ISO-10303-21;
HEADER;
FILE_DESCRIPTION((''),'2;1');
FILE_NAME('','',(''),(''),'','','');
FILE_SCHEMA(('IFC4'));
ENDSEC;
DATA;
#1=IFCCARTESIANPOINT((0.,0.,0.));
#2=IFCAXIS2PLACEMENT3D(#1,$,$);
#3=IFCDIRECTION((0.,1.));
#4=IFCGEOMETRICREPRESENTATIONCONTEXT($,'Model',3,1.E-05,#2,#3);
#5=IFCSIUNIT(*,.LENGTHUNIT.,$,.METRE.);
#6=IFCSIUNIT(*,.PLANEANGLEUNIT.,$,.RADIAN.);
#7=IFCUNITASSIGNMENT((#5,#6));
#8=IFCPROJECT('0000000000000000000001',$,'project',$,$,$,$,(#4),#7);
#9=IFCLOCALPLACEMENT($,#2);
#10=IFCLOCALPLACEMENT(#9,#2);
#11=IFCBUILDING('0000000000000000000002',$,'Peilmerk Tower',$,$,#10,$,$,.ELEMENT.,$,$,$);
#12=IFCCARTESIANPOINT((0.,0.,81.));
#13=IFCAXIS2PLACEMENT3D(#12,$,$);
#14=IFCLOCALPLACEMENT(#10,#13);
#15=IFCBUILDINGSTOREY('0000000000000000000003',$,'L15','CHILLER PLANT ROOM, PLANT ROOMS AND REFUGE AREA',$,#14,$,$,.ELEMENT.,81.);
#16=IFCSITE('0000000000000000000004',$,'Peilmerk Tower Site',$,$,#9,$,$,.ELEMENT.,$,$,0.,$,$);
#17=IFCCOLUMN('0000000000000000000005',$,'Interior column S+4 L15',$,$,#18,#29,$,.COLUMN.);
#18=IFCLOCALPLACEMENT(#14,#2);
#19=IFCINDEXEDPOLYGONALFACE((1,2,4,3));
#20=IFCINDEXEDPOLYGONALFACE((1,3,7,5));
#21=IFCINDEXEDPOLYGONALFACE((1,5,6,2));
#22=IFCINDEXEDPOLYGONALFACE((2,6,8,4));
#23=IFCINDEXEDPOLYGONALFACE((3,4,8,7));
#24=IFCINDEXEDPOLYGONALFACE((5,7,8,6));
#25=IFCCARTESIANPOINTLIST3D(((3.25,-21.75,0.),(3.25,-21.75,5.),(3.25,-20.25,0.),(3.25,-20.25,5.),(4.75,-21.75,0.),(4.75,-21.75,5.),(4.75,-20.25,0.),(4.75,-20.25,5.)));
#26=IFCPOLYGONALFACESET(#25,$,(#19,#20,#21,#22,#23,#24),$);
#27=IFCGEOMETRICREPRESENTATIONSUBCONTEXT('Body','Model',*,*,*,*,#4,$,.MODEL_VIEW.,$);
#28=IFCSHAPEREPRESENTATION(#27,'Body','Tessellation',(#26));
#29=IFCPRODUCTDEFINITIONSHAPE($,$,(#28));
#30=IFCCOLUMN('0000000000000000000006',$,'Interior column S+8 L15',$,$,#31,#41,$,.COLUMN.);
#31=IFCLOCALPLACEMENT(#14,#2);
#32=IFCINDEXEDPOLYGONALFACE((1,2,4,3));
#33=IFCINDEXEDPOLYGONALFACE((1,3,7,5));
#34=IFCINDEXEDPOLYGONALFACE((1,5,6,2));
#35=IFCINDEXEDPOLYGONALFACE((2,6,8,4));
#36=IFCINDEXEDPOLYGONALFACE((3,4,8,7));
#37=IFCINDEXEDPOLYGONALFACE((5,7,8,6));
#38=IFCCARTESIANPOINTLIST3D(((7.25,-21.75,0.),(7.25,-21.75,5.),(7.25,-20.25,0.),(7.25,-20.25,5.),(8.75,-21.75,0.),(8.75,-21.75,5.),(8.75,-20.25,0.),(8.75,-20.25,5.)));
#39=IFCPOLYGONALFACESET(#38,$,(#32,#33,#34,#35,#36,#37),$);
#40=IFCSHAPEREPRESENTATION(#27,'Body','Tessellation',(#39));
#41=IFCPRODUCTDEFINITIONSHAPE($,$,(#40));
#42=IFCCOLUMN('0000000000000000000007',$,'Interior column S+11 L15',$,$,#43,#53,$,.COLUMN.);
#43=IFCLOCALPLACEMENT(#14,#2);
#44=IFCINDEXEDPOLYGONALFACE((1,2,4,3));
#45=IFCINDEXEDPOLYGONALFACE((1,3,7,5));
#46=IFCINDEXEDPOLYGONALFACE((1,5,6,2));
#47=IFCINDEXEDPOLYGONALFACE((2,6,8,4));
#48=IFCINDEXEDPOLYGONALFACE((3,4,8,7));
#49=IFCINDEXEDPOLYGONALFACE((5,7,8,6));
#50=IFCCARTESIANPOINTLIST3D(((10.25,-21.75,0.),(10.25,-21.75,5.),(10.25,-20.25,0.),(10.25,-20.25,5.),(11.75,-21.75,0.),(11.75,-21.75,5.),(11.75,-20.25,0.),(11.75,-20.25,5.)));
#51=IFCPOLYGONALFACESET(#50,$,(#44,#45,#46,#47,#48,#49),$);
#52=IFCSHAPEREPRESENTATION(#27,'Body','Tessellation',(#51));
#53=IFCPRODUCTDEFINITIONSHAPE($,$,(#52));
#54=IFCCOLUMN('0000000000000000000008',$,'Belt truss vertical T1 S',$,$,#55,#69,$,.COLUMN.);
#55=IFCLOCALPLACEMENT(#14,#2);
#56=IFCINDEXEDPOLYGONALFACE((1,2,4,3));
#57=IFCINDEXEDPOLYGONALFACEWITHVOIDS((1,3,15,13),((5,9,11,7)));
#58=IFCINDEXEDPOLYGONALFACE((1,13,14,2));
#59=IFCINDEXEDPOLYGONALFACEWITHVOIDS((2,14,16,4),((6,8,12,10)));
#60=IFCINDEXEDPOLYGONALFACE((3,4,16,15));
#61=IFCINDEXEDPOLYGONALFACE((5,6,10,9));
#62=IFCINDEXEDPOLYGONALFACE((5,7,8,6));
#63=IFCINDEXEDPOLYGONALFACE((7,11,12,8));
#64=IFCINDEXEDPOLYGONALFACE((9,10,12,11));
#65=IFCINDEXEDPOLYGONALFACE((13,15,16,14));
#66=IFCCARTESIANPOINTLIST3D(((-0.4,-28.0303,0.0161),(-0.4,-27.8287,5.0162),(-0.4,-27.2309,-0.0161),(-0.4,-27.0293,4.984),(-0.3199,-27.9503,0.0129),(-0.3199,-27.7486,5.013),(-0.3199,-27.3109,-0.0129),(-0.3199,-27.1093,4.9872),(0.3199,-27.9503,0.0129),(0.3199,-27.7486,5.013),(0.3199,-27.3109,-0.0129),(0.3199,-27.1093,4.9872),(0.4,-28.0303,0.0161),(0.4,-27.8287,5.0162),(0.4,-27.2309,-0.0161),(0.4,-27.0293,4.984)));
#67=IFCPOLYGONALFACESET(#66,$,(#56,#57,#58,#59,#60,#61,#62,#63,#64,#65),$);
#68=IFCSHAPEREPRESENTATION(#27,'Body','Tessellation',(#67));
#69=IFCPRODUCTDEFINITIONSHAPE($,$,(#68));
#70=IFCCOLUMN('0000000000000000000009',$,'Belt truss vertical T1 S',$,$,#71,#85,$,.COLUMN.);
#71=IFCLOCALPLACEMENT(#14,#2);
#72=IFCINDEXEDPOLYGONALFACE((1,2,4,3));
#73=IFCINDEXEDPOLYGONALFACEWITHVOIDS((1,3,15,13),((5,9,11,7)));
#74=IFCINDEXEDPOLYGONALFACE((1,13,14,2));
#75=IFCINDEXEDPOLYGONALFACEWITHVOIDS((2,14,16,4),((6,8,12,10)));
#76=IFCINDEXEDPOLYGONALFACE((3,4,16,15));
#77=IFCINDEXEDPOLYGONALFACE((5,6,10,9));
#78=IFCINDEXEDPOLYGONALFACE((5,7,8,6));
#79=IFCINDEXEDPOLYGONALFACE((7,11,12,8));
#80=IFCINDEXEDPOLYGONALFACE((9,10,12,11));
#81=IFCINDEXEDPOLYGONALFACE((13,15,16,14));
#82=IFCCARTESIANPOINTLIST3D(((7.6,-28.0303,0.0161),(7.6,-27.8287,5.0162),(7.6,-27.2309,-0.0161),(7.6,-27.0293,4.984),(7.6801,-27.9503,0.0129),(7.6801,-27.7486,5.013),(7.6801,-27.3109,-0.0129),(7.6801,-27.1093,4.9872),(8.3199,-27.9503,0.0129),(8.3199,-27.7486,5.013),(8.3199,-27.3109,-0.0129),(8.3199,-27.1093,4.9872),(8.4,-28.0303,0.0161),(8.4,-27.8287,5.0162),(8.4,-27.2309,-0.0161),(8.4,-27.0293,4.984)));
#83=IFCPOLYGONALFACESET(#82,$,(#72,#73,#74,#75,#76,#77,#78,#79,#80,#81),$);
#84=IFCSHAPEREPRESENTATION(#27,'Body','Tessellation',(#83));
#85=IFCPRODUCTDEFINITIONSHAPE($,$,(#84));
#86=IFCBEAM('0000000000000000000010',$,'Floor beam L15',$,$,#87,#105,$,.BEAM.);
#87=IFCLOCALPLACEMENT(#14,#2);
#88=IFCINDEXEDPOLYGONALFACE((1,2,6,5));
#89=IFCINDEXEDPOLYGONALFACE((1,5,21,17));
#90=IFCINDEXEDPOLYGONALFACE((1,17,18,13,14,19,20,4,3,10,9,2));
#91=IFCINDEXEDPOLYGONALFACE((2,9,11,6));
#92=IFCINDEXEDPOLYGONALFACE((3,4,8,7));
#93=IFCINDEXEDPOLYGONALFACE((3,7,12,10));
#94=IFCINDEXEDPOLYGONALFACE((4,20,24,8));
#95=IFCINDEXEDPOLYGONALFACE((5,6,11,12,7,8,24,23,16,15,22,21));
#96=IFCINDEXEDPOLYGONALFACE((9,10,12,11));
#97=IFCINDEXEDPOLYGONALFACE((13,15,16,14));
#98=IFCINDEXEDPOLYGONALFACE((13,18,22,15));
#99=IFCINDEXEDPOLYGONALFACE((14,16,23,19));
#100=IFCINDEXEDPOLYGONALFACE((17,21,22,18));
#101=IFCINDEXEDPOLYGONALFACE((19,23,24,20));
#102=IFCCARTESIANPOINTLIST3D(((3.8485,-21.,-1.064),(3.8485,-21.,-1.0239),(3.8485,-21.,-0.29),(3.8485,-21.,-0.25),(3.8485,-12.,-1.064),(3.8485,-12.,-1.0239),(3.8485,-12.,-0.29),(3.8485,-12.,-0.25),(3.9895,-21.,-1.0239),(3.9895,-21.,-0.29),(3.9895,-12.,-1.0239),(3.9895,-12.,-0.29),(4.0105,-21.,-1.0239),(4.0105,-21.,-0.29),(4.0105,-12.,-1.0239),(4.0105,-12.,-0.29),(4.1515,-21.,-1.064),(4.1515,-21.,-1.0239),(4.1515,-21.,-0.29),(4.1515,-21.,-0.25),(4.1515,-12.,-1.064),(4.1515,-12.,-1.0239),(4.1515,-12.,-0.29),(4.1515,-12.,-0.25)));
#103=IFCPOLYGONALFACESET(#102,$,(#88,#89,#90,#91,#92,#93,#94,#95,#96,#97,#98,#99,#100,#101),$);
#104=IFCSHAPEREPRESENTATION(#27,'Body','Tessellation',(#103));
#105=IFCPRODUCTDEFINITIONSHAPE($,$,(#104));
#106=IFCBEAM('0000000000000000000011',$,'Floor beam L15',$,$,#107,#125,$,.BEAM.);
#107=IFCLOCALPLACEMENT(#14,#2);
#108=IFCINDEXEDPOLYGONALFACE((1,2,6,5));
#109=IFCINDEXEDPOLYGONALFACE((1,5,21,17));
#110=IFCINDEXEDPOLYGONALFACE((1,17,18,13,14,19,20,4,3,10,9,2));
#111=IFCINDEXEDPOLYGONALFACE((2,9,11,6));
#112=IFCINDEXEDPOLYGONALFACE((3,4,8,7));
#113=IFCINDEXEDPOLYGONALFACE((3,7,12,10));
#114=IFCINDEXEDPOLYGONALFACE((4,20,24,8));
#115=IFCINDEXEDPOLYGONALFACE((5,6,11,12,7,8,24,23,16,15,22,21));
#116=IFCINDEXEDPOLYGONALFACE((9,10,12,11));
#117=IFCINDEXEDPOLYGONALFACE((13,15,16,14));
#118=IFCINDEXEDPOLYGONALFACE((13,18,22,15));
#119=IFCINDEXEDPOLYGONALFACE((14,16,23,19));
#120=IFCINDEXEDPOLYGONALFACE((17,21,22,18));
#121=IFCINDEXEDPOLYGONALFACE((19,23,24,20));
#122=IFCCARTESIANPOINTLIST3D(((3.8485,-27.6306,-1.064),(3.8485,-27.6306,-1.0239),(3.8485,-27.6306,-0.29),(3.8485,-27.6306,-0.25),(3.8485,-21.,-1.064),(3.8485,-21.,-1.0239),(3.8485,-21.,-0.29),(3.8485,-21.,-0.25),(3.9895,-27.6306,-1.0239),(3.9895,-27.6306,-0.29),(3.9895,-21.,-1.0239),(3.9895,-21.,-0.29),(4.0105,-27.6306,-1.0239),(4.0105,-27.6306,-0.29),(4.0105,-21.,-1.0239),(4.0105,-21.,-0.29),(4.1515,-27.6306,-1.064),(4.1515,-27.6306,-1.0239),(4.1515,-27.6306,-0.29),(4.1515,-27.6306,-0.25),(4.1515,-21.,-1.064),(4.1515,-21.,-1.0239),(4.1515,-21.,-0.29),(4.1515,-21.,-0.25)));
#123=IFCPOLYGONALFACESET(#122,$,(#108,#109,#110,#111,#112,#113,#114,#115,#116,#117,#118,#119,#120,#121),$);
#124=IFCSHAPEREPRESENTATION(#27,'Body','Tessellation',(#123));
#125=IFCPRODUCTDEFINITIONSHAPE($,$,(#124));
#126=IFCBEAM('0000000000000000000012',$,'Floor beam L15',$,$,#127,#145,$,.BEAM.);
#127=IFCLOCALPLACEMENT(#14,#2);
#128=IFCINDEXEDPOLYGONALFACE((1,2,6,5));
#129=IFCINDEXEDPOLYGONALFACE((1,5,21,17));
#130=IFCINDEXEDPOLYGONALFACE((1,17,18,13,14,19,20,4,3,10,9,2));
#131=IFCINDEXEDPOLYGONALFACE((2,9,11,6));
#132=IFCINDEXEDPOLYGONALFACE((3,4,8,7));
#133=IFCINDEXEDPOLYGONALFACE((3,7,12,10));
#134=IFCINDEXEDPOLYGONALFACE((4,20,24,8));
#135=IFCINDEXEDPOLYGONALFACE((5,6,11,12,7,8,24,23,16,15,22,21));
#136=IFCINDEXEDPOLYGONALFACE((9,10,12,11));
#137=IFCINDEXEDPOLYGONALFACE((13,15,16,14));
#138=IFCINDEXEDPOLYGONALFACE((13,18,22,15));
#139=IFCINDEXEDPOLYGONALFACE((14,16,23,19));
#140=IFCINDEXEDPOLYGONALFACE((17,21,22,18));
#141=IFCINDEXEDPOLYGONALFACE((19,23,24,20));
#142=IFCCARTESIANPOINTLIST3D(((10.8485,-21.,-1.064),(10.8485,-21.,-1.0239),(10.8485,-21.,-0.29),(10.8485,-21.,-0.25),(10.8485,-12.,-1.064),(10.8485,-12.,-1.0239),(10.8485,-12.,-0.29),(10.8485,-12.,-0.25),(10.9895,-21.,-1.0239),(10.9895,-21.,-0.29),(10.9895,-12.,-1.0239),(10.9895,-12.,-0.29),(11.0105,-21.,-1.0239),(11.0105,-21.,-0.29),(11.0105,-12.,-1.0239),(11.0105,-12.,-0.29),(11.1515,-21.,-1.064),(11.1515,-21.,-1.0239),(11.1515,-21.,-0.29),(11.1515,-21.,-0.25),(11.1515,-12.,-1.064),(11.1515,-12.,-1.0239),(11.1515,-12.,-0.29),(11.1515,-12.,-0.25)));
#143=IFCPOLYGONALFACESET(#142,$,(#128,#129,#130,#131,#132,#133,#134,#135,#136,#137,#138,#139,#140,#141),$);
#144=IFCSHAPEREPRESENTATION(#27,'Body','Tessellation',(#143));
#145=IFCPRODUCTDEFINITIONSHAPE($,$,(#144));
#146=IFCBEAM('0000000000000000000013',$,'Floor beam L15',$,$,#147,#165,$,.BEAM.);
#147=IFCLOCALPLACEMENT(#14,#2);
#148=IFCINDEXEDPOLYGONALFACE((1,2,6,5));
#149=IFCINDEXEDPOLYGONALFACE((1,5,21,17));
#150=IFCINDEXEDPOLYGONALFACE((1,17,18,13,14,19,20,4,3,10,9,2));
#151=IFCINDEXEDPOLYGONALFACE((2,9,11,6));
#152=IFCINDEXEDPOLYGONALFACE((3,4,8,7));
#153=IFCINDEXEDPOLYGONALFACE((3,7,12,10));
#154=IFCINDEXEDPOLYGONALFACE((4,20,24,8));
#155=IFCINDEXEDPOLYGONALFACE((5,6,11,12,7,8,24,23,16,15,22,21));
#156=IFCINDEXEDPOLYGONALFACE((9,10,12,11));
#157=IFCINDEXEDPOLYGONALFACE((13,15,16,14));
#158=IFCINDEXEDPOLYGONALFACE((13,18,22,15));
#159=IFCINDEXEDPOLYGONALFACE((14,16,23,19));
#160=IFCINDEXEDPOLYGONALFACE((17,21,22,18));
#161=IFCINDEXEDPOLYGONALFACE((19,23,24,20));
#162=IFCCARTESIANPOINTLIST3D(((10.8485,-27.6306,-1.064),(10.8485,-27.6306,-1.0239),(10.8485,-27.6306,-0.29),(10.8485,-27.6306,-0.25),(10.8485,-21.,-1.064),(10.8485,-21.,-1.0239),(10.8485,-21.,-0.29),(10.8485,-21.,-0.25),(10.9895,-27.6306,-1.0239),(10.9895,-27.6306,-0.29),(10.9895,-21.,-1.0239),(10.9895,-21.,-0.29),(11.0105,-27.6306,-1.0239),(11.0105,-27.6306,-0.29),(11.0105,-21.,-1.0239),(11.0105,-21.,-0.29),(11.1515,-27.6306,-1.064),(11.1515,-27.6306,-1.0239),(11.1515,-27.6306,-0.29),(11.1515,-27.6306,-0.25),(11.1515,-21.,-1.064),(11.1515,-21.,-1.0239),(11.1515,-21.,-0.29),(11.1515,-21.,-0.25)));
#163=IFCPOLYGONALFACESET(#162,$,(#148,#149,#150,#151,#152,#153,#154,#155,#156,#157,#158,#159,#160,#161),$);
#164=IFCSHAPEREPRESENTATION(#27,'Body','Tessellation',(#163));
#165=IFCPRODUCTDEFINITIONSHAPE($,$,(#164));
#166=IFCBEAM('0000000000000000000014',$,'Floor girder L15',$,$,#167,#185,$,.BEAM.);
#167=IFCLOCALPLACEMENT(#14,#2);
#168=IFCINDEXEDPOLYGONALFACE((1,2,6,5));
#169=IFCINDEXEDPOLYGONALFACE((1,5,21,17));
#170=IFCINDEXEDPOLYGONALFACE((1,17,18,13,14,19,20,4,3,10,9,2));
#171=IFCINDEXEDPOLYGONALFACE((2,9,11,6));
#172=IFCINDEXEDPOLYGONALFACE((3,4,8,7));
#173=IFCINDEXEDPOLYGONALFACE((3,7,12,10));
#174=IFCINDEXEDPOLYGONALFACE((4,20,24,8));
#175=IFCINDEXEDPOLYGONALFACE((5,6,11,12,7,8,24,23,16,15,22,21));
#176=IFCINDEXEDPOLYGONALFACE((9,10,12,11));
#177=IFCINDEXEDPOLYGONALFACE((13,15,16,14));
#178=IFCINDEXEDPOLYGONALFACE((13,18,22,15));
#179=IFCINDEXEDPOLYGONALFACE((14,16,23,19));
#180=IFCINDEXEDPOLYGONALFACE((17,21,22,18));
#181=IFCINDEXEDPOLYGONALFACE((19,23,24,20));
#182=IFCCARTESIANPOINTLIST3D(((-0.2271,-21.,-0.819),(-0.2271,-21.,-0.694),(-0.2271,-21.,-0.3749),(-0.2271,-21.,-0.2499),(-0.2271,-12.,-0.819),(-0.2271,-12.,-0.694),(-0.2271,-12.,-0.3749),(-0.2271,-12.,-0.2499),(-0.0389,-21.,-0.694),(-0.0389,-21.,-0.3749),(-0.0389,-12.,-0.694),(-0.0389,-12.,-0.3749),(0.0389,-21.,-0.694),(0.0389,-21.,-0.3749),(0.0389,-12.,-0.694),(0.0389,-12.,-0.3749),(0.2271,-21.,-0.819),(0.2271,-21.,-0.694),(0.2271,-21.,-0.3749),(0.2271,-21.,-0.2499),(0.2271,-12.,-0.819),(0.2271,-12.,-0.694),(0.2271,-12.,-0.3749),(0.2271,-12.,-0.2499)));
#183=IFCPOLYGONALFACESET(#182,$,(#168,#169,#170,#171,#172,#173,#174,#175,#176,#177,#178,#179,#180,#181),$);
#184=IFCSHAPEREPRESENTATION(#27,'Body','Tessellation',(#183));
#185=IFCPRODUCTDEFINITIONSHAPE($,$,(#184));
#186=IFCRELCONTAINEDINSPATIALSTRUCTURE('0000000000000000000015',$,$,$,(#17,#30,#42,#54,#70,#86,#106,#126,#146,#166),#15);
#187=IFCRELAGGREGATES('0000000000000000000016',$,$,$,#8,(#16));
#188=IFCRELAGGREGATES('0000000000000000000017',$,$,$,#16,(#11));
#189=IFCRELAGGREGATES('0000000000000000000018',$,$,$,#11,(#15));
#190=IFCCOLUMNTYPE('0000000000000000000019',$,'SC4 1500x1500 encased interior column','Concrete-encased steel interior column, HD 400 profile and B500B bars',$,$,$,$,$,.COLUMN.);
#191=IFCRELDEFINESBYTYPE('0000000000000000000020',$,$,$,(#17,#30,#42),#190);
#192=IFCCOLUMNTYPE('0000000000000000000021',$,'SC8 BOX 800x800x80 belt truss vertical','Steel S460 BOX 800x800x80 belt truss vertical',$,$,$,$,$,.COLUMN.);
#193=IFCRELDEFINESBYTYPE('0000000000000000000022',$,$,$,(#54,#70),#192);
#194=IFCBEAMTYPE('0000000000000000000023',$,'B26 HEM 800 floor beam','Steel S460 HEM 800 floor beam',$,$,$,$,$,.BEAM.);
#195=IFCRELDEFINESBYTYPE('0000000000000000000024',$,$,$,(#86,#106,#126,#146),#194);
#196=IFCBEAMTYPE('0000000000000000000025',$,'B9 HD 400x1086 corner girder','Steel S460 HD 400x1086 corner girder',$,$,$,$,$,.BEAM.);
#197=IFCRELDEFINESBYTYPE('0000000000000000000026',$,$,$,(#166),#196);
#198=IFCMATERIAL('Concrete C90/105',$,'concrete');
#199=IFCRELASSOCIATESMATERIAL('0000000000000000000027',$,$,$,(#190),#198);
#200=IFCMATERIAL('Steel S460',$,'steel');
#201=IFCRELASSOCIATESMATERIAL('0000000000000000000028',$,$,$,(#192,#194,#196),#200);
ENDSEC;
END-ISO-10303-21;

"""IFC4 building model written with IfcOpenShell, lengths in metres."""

from ifc_helpers import new_model, si_unit, direction, frame, origin, origin_2d, place, context, subcontext, project, spatial, rectangle, hollow_rectangle, i_section, extrude, material, material_profile, profile_set, type_object, element, save


model = new_model("IFC4")

# Units and contexts
model_context = context("Model", 3, precision=1e-05, world=origin(), true_north=direction((0.0, 1.0)))
body_context = subcontext(model_context, "Body", "Model", "MODEL_VIEW")
ifc_project = project(units=[si_unit("LENGTHUNIT", "METRE"), si_unit("PLANEANGLEUNIT", "RADIAN")], contexts=[model_context])

# Site, building, storey
site_placement = place(None, origin())
site = spatial("IfcSite", under=ifc_project, at=site_placement, Name="Peilmerk Tower Site", CompositionType="ELEMENT", RefElevation=0.0)
building_placement = place(site_placement, origin())
building = spatial("IfcBuilding", under=site, at=building_placement, Name="Peilmerk Tower", CompositionType="ELEMENT")
storey_placement = place(building_placement, frame((0.0, 0.0, 81.0)))
storey = spatial("IfcBuildingStorey", under=building, at=storey_placement, Name="L15", Description="CHILLER PLANT ROOM, PLANT ROOMS AND REFUGE AREA", CompositionType="ELEMENT", Elevation=81.0)

# Columns
ifc_material_1 = material(Name="Concrete C90/105", Category="concrete")
ifc_material_profile_1 = material_profile(ifc_material_1, rectangle(XDim=1.5, YDim=1.5, at=origin_2d()), Name="RC 1500x1500")
ifc_profile_set_1 = profile_set([ifc_material_profile_1], Name="Concrete C90/105")
column_type_1 = type_object("IfcColumnType", Name="SC4 1500x1500 encased interior column", Description="Concrete-encased steel interior column, HD 400 profile and B500B bars", PredefinedType="COLUMN", material=ifc_profile_set_1)
for number, where, z_axis, x_axis, name in (
    (1, (4.0, -21.0, 0.0), (0.0, 0.0, 1.0), (1.0, 0.0, 0.0), "Interior column S+4 L15"),
    (2, (8.0, -21.0, 0.0), (0.0, 0.0, 1.0), (1.0, 0.0, 0.0), "Interior column S+8 L15"),
    (3, (11.0, -21.0, 0.0), (0.0, 0.0, 1.0), (1.0, 0.0, 0.0), "Interior column S+11 L15"),
):
    element("IfcColumn", number, at=place(storey_placement, frame(where, z_axis=z_axis, x_axis=x_axis)), inside=storey, type_object=column_type_1, Name=name, PredefinedType="COLUMN", context=body_context, shape_type="SweptSolid", body=[
        extrude(rectangle(XDim=1.5, YDim=1.5, at=origin_2d()), origin(), (0.0, 0.0, 1.0), 5.0),
    ])
ifc_material_2 = material(Name="Steel S460", Category="steel")
ifc_material_profile_2 = material_profile(ifc_material_2, hollow_rectangle(XDim=0.8, YDim=0.8, WallThickness=0.0801, at=origin_2d()), Name="BOX 800x800x80")
ifc_profile_set_2 = profile_set([ifc_material_profile_2], Name="Steel S460")
column_type_2 = type_object("IfcColumnType", Name="SC8 BOX 800x800x80 belt truss vertical", Description="Steel S460 BOX 800x800x80 belt truss vertical", PredefinedType="COLUMN", material=ifc_profile_set_2)
for number, where, z_axis, x_axis, name in (
    (4, (0.0, -27.6306, 0.0), (0.0, 0.040299, 0.999188), (-1.0, 0.0, 0.0), "Belt truss vertical T1 S"),
    (5, (8.0, -27.6306, 0.0), (0.0, 0.040299, 0.999188), (-1.0, 0.0, 0.0), "Belt truss vertical T1 S"),
):
    element("IfcColumn", number, at=place(storey_placement, frame(where, z_axis=z_axis, x_axis=x_axis)), inside=storey, type_object=column_type_2, Name=name, PredefinedType="COLUMN", context=body_context, shape_type="SweptSolid", body=[
        extrude(hollow_rectangle(XDim=0.8, YDim=0.8, WallThickness=0.0801, at=origin_2d()), origin(), (0.0, 0.0, 1.0), 5.0042),
    ])

# Beams
ifc_material_profile_3 = material_profile(ifc_material_2, i_section(OverallWidth=0.303, OverallDepth=0.814, WebThickness=0.021, FlangeThickness=0.04, at=origin_2d()), Name="HEM 800")
ifc_profile_set_3 = profile_set([ifc_material_profile_3], Name="Steel S460")
beam_type_1 = type_object("IfcBeamType", Name="B26 HEM 800 floor beam", Description="Steel S460 HEM 800 floor beam", PredefinedType="BEAM", material=ifc_profile_set_3)
beam_1_placement = place(storey_placement, frame((4.0, -12.0, -0.657), z_axis=(0.0, -1.0, 0.0), x_axis=(1.0, 0.0, 0.0)))
element("IfcBeam", 6, at=beam_1_placement, inside=storey, type_object=beam_type_1, Name="Floor beam L15", PredefinedType="BEAM", context=body_context, shape_type="SweptSolid", body=[
    extrude(i_section(OverallWidth=0.303, OverallDepth=0.814, WebThickness=0.021, FlangeThickness=0.04, at=origin_2d()), origin(), (0.0, 0.0, 1.0), 9.0),
])
beam_2_placement = place(storey_placement, frame((4.0, -21.0, -0.657), z_axis=(0.0, -1.0, 0.0), x_axis=(1.0, 0.0, 0.0)))
element("IfcBeam", 7, at=beam_2_placement, inside=storey, type_object=beam_type_1, Name="Floor beam L15", PredefinedType="BEAM", context=body_context, shape_type="SweptSolid", body=[
    extrude(i_section(OverallWidth=0.303, OverallDepth=0.814, WebThickness=0.021, FlangeThickness=0.04, at=origin_2d()), origin(), (0.0, 0.0, 1.0), 6.6306),
])
beam_3_placement = place(storey_placement, frame((11.0, -12.0, -0.657), z_axis=(0.0, -1.0, 0.0), x_axis=(1.0, 0.0, 0.0)))
element("IfcBeam", 8, at=beam_3_placement, inside=storey, type_object=beam_type_1, Name="Floor beam L15", PredefinedType="BEAM", context=body_context, shape_type="SweptSolid", body=[
    extrude(i_section(OverallWidth=0.303, OverallDepth=0.814, WebThickness=0.021, FlangeThickness=0.04, at=origin_2d()), origin(), (0.0, 0.0, 1.0), 9.0),
])
beam_4_placement = place(storey_placement, frame((11.0, -21.0, -0.657), z_axis=(0.0, -1.0, 0.0), x_axis=(1.0, 0.0, 0.0)))
element("IfcBeam", 9, at=beam_4_placement, inside=storey, type_object=beam_type_1, Name="Floor beam L15", PredefinedType="BEAM", context=body_context, shape_type="SweptSolid", body=[
    extrude(i_section(OverallWidth=0.303, OverallDepth=0.814, WebThickness=0.021, FlangeThickness=0.04, at=origin_2d()), origin(), (0.0, 0.0, 1.0), 6.6306),
])
ifc_material_profile_4 = material_profile(ifc_material_2, i_section(OverallWidth=0.4541, OverallDepth=0.5691, WebThickness=0.0779, FlangeThickness=0.125, at=origin_2d()), Name="HD 400x1086")
ifc_profile_set_4 = profile_set([ifc_material_profile_4], Name="Steel S460")
beam_type_2 = type_object("IfcBeamType", Name="B9 HD 400x1086 corner girder", Description="Steel S460 HD 400x1086 corner girder", PredefinedType="BEAM", material=ifc_profile_set_4)
beam_5_placement = place(storey_placement, frame((0.0, -12.0, -0.5344), z_axis=(0.0, -1.0, 0.0), x_axis=(1.0, 0.0, 0.0)))
element("IfcBeam", 10, at=beam_5_placement, inside=storey, type_object=beam_type_2, Name="Floor girder L15", PredefinedType="BEAM", context=body_context, shape_type="SweptSolid", body=[
    extrude(i_section(OverallWidth=0.4541, OverallDepth=0.5691, WebThickness=0.0779, FlangeThickness=0.125, at=origin_2d()), origin(), (0.0, 0.0, 1.0), 9.0),
])

save(model, "model.ifc")
